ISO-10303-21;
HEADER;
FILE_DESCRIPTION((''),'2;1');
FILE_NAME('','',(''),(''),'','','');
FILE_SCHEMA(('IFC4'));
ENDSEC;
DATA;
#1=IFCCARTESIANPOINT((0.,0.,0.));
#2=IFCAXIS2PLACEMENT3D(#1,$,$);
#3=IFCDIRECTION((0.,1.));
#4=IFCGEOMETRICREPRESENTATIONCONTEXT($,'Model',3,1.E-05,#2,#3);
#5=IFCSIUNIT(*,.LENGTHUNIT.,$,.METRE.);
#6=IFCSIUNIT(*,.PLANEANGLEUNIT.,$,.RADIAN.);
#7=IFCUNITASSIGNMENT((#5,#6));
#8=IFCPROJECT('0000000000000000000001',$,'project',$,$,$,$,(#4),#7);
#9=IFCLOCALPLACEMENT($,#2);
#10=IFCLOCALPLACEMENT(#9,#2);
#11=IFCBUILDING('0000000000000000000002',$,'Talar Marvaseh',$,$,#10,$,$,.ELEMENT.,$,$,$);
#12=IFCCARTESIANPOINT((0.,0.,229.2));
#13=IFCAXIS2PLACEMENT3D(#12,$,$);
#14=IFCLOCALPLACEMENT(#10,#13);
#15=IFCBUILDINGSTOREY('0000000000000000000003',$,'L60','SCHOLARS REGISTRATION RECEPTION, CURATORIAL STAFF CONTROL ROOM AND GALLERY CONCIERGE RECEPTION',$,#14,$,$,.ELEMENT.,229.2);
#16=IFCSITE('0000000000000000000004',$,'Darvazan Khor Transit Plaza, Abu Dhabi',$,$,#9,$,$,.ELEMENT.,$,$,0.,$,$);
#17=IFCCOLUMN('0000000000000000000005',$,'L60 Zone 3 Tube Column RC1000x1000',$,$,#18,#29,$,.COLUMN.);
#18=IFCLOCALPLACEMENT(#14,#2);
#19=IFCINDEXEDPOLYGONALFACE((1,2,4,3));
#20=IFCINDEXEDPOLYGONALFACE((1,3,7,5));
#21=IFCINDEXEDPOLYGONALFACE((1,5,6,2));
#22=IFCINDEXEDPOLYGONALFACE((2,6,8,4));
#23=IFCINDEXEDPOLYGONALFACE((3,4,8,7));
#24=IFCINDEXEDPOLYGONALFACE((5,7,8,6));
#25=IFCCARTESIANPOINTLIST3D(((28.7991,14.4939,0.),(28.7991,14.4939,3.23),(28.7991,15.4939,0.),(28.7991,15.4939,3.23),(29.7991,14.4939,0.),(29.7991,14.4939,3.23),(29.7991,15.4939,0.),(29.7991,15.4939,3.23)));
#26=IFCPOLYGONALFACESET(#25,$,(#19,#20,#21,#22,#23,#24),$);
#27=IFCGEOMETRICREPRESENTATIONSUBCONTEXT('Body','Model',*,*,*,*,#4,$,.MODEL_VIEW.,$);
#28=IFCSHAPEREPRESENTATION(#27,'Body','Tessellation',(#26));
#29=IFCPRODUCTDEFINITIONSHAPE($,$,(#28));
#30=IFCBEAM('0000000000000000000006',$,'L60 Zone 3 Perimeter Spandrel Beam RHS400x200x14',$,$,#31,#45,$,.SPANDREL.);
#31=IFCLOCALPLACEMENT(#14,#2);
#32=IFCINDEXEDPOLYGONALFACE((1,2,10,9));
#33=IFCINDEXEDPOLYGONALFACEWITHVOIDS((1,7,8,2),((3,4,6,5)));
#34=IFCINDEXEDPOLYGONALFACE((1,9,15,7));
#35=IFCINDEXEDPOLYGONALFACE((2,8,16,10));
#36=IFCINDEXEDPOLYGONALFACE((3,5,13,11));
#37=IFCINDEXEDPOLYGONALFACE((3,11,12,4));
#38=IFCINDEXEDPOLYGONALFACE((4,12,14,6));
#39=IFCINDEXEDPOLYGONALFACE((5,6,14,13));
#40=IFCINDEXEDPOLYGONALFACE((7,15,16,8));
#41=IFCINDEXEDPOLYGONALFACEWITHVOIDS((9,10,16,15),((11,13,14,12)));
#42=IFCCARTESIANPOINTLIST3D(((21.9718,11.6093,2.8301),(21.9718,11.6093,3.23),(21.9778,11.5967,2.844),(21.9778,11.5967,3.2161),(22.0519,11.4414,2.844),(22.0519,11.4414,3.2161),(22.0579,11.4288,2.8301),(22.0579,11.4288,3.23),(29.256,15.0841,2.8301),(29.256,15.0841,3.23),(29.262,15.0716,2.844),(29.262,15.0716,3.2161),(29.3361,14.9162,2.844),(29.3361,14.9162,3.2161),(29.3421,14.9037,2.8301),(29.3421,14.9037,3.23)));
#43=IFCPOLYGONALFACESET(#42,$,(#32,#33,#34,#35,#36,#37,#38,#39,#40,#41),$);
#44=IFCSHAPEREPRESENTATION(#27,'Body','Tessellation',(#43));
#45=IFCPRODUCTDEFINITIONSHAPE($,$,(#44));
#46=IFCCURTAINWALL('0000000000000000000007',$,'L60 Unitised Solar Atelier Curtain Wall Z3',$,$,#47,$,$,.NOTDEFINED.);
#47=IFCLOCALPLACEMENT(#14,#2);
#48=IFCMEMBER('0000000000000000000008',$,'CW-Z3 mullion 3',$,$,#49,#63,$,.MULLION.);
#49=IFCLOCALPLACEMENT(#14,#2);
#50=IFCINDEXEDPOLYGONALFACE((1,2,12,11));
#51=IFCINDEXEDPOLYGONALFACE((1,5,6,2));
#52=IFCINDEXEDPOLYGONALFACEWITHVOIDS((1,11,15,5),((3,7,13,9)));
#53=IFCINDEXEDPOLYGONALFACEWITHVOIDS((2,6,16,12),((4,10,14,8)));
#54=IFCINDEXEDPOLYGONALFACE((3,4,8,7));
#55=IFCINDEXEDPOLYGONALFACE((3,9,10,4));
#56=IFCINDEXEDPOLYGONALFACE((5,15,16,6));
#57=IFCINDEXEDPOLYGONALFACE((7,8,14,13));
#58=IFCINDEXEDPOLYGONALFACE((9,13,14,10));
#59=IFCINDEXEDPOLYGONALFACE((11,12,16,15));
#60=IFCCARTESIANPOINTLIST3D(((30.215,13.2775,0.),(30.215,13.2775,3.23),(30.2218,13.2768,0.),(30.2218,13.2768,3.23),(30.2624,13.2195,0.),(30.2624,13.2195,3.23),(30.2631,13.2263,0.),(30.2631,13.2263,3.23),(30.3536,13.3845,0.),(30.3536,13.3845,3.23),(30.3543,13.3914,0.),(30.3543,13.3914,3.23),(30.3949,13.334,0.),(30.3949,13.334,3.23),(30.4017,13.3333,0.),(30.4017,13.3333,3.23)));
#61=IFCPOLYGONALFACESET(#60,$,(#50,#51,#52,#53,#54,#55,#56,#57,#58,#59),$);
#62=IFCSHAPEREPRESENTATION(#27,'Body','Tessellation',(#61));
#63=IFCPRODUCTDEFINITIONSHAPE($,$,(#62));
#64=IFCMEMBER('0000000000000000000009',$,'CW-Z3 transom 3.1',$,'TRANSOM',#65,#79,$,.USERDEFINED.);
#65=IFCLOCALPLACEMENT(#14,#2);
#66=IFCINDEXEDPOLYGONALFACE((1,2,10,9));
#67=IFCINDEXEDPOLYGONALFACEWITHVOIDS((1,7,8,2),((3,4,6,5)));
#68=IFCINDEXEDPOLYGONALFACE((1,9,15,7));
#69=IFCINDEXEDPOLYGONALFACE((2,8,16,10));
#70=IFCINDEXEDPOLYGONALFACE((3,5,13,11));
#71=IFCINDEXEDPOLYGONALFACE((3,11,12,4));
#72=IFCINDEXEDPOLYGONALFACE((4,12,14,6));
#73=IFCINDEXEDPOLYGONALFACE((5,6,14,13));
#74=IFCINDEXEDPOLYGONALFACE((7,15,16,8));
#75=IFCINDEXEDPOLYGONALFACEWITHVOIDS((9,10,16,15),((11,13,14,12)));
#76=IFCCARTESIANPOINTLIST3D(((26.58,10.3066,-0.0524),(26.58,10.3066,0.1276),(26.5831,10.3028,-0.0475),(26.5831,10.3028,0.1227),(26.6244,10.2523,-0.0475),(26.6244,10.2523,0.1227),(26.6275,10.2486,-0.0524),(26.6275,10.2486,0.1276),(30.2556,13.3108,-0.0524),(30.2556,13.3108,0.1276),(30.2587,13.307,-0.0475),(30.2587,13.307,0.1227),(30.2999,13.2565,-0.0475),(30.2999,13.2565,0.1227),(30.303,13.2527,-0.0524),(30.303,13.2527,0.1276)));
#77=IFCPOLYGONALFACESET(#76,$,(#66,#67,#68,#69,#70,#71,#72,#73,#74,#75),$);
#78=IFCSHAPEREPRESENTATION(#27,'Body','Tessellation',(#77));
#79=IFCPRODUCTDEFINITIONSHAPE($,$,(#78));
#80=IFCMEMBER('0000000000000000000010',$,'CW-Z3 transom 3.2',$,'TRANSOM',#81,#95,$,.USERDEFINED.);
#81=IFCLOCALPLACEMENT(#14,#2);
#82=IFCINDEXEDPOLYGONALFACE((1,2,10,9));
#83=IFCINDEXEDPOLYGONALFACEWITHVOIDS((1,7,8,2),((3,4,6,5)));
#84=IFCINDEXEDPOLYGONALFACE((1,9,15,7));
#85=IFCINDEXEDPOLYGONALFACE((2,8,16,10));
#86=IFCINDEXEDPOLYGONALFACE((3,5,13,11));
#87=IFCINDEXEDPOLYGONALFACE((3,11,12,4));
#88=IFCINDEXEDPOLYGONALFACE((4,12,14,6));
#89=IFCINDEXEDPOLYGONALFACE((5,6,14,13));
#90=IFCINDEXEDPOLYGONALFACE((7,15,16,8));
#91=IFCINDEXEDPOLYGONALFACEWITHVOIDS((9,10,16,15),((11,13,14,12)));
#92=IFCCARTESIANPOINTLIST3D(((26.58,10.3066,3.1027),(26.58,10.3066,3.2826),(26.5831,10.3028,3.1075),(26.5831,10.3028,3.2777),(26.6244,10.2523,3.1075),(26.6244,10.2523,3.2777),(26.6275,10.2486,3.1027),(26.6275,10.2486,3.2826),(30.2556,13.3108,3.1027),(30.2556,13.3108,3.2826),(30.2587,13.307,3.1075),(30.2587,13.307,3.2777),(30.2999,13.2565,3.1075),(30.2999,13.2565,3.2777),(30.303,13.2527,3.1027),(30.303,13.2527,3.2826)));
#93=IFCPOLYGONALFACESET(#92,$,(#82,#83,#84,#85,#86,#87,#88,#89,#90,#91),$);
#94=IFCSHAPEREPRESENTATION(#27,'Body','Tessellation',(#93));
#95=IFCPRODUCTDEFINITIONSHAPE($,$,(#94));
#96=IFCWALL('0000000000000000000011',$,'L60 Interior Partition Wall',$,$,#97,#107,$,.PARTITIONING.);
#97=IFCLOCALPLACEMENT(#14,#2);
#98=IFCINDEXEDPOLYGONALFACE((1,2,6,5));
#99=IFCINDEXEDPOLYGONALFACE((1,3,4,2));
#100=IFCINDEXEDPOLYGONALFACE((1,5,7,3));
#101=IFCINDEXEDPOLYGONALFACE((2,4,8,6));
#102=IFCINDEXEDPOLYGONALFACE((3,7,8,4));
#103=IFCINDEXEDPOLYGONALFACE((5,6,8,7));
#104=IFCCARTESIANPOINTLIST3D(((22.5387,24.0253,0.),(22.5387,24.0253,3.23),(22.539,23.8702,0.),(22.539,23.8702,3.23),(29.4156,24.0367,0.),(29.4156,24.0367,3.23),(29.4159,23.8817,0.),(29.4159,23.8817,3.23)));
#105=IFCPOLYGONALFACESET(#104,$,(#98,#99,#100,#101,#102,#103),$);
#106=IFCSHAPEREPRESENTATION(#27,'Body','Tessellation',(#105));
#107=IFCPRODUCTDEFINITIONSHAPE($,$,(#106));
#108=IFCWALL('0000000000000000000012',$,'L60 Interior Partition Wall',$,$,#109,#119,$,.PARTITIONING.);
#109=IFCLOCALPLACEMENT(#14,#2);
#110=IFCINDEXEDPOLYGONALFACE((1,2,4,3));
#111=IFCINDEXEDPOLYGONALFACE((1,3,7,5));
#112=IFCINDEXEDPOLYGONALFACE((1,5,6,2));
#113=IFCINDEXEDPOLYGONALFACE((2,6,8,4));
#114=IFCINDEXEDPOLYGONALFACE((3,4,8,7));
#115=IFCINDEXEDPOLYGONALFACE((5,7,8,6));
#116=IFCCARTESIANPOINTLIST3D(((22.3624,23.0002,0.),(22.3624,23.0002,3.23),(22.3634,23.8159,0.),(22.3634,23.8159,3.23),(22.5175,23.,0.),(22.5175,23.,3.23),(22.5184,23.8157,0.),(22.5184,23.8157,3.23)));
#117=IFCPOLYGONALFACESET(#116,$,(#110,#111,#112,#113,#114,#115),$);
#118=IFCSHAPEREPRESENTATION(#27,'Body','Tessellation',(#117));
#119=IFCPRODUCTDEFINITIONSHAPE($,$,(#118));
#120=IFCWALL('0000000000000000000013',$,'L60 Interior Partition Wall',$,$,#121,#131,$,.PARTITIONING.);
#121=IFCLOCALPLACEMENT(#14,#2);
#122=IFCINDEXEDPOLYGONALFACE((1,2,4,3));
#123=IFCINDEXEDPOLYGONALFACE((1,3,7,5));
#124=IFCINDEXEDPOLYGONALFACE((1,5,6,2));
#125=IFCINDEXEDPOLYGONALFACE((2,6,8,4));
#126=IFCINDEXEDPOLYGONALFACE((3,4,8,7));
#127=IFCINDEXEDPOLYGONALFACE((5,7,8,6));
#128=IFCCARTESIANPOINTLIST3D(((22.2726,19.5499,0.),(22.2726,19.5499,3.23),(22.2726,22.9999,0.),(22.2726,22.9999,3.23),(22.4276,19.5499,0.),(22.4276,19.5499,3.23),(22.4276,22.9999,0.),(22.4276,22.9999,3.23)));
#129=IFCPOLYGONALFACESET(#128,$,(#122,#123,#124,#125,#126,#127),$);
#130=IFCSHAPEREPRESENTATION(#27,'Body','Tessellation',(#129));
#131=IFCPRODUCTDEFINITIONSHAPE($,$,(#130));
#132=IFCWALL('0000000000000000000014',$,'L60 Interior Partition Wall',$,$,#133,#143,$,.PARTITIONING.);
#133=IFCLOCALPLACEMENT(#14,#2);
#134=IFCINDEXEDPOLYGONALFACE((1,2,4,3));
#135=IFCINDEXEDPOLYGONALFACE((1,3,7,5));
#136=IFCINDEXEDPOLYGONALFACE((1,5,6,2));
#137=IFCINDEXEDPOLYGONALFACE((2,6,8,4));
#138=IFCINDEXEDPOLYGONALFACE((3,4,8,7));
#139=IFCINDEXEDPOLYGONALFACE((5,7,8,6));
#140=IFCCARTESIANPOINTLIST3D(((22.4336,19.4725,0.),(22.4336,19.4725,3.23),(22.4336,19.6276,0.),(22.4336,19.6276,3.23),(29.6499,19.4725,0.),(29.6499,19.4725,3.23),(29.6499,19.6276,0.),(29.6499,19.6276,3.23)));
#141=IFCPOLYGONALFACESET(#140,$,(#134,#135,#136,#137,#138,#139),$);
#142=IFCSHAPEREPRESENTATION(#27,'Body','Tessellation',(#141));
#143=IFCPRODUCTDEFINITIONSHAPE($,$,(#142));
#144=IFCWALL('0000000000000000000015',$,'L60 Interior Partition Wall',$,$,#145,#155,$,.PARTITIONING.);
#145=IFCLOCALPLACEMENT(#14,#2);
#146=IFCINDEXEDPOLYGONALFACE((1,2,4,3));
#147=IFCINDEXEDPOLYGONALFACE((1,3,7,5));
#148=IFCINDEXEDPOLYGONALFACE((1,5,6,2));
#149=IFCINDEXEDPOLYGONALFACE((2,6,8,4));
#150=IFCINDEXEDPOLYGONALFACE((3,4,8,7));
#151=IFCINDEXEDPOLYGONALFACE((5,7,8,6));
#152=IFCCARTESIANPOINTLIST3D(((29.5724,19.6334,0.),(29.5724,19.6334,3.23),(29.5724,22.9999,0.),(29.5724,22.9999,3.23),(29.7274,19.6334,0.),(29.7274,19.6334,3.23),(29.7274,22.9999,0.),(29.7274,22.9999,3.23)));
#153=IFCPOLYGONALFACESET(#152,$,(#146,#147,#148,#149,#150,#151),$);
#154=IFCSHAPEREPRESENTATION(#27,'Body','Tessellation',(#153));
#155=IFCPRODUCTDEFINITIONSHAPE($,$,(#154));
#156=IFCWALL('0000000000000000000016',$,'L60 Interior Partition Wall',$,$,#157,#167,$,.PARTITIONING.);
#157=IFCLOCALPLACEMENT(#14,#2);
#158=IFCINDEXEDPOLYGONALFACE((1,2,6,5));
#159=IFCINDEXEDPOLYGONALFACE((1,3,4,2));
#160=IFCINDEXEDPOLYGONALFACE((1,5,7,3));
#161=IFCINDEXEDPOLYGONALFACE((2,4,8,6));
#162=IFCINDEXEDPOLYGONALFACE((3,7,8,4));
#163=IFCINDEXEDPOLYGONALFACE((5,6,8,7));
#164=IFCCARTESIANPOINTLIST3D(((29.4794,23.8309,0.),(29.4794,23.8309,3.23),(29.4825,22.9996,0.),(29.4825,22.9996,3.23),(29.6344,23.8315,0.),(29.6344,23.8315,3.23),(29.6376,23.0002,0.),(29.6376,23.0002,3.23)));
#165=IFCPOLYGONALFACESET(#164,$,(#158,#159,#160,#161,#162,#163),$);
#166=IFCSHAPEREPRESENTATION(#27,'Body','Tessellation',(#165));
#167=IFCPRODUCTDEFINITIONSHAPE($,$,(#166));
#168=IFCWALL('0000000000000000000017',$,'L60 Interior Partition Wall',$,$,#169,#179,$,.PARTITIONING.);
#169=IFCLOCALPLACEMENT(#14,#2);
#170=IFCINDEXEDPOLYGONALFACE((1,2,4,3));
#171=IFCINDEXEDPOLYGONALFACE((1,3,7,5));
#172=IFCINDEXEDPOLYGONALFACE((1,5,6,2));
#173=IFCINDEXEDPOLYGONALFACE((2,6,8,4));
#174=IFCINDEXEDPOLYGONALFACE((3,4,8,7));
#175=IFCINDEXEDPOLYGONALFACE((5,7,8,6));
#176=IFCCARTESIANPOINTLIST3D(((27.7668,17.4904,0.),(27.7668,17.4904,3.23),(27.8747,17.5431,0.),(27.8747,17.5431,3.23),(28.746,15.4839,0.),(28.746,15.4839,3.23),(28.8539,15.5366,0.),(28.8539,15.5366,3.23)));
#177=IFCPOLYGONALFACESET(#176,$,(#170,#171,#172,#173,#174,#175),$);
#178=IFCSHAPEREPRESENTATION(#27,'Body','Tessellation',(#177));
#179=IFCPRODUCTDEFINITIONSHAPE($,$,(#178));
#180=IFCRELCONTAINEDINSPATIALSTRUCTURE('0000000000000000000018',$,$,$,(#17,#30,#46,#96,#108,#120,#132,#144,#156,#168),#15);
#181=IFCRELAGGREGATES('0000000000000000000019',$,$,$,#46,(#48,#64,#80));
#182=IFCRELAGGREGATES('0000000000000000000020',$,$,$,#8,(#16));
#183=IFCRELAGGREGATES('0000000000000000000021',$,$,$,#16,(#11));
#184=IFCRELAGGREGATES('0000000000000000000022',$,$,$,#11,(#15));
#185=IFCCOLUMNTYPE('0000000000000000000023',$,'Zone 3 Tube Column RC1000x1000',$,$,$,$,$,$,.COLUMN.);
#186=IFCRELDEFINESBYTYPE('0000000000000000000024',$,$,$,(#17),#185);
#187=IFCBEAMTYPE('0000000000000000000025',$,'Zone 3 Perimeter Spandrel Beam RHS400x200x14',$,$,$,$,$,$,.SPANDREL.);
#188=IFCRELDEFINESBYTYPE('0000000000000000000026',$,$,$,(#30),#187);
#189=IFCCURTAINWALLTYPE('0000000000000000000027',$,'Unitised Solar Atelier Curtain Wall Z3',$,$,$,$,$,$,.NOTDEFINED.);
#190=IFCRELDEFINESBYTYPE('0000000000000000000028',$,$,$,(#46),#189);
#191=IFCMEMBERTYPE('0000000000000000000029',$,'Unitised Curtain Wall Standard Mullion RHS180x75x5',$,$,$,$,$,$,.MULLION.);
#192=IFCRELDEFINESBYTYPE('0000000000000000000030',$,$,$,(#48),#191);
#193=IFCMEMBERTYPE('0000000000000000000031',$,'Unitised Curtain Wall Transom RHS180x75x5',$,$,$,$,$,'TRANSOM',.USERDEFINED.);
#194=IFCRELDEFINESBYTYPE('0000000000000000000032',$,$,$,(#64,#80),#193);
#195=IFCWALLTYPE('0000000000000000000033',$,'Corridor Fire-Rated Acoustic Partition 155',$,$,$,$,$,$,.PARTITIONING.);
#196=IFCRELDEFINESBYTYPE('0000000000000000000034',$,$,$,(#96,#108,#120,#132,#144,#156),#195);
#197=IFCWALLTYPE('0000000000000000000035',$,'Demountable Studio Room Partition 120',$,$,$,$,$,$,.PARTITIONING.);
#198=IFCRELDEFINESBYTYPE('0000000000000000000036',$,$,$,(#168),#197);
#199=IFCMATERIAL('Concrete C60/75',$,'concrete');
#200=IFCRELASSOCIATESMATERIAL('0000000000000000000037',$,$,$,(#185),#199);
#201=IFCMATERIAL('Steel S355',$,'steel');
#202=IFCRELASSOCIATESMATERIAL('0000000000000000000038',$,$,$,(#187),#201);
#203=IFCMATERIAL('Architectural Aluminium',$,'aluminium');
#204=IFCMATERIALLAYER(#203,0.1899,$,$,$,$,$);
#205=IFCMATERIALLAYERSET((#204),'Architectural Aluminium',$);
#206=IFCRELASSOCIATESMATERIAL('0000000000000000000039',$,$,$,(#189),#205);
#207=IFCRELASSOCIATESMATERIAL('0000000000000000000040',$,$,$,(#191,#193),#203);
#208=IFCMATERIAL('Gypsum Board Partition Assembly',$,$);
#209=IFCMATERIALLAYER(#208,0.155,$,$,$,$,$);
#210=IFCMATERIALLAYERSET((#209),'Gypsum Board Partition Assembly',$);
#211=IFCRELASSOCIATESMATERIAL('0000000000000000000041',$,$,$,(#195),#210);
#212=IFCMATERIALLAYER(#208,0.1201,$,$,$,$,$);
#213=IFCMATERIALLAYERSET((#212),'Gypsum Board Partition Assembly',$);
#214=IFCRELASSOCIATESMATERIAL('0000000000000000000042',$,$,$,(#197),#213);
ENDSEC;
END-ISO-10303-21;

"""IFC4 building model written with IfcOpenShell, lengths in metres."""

from ifc_helpers import new_model, si_unit, direction, frame, frame_2d, origin, origin_2d, place, context, subcontext, project, spatial, rectangle, hollow_rectangle, extrude, source, transform, mapped, material, layer, layer_set, material_profile, profile_set, type_object, type_shapes, element, aggregate, save


model = new_model("IFC4")

# Units and contexts
model_context = context("Model", 3, precision=1e-05, world=origin(), true_north=direction((0.0, 1.0)))
body_context = subcontext(model_context, "Body", "Model", "MODEL_VIEW")
ifc_project = project(units=[si_unit("LENGTHUNIT", "METRE"), si_unit("PLANEANGLEUNIT", "RADIAN")], contexts=[model_context])

# Site, building, storey
site_placement = place(None, origin())
site = spatial("IfcSite", under=ifc_project, at=site_placement, Name="Darvazan Khor Transit Plaza, Abu Dhabi", CompositionType="ELEMENT", RefElevation=0.0)
building_placement = place(site_placement, origin())
building = spatial("IfcBuilding", under=site, at=building_placement, Name="Talar Marvaseh", CompositionType="ELEMENT")
storey_placement = place(building_placement, frame((0.0, 0.0, 229.2)))
storey = spatial("IfcBuildingStorey", under=building, at=storey_placement, Name="L60", Description="SCHOLARS REGISTRATION RECEPTION, CURATORIAL STAFF CONTROL ROOM AND GALLERY CONCIERGE RECEPTION", CompositionType="ELEMENT", Elevation=229.2)

# Column
ifc_material_1 = material(Name="Concrete C60/75", Category="concrete")
ifc_material_profile_1 = material_profile(ifc_material_1, rectangle(XDim=1.0, YDim=1.0, at=origin_2d()), Name="RC1000x1000")
ifc_profile_set_1 = profile_set([ifc_material_profile_1], Name="Concrete C60/75")
column_type = type_object("IfcColumnType", Name="Zone 3 Tube Column RC1000x1000", PredefinedType="COLUMN", material=ifc_profile_set_1)
column_placement = place(storey_placement, frame((29.2991, 14.9939, 0.0), z_axis=(0.0, 0.0, 1.0), x_axis=(1.0, 0.0, 0.0)))
element("IfcColumn", 1, at=column_placement, inside=storey, type_object=column_type, Name="L60 Zone 3 Tube Column RC1000x1000", PredefinedType="COLUMN", context=body_context, shape_type="SweptSolid", body=[
    extrude(rectangle(XDim=1.0, YDim=1.0, at=origin_2d()), origin(), (0.0, 0.0, 1.0), 3.23),
])

# Beam
ifc_material_2 = material(Name="Steel S355", Category="steel")
ifc_material_profile_2 = material_profile(ifc_material_2, hollow_rectangle(XDim=0.2, YDim=0.3999, WallThickness=0.0139, at=origin_2d()), Name="RHS400x200x14")
ifc_profile_set_2 = profile_set([ifc_material_profile_2], Name="Steel S355")
beam_type = type_object("IfcBeamType", Name="Zone 3 Perimeter Spandrel Beam RHS400x200x14", PredefinedType="SPANDREL", material=ifc_profile_set_2)
beam_placement = place(storey_placement, frame((29.2991, 14.9939, 3.03), z_axis=(-0.902562, -0.430559, 0.0), x_axis=(0.430559, -0.902562, 0.0)))
element("IfcBeam", 2, at=beam_placement, inside=storey, type_object=beam_type, Name="L60 Zone 3 Perimeter Spandrel Beam RHS400x200x14", PredefinedType="SPANDREL", context=body_context, shape_type="SweptSolid", body=[
    extrude(hollow_rectangle(XDim=0.2, YDim=0.3999, WallThickness=0.0139, at=origin_2d()), origin(), (0.0, 0.0, 1.0), 8.0706),
])

# Curtain wall, members
ifc_material_3 = material(Name="Architectural Aluminium", Category="aluminium")
ifc_layer_1 = layer(ifc_material_3, 0.1899)
ifc_layer_set_1 = layer_set([ifc_layer_1], Name="Architectural Aluminium")
curtain_wall_type = type_object("IfcCurtainWallType", Name="Unitised Solar Atelier Curtain Wall Z3", PredefinedType="NOTDEFINED", material=ifc_layer_set_1)
curtain_wall_placement = place(storey_placement, origin())
curtain_wall = element("IfcCurtainWall", 3, at=curtain_wall_placement, inside=storey, type_object=curtain_wall_type, Name="L60 Unitised Solar Atelier Curtain Wall Z3", PredefinedType="NOTDEFINED")
ifc_material_profile_3 = material_profile(ifc_material_3, hollow_rectangle(XDim=0.075, YDim=0.1799, WallThickness=0.0049, at=origin_2d()), Name="RHS180x75x5")
ifc_profile_set_3 = profile_set([ifc_material_profile_3], Name="Architectural Aluminium")
member_type_1 = type_object("IfcMemberType", Name="Unitised Curtain Wall Standard Mullion RHS180x75x5", PredefinedType="MULLION", material=ifc_profile_set_3)
shared_shape_1 = source(origin(), body_context, "Body", "SweptSolid", [
    extrude(hollow_rectangle(XDim=0.075, YDim=0.1799, WallThickness=0.0049, at=origin_2d()), origin(), (0.0, 0.0, 1.0), 3.23),
])
type_shapes(member_type_1, [shared_shape_1])
member_1_placement = place(storey_placement, frame((30.3083, 13.3054, 0.0), z_axis=(0.0, 0.0, 1.0), x_axis=(0.632822, -0.774297, 0.0)))
member_1 = element("IfcMember", 4, at=member_1_placement, type_object=member_type_1, Name="CW-Z3 mullion 3", PredefinedType="MULLION", context=body_context, shape_type="MappedRepresentation", body=[
    mapped(shared_shape_1, transform((0.0, 0.0, 0.0), x_axis=(1.0, 0.0, 0.0), y_axis=(0.0, 1.0, 0.0), z_axis=(0.0, 0.0, 1.0), scale=1.0)),
])
ifc_material_profile_4 = material_profile(ifc_material_3, hollow_rectangle(XDim=0.075, YDim=0.1799, WallThickness=0.0049, at=origin_2d()), Name="RHS180x75x5")
ifc_profile_set_4 = profile_set([ifc_material_profile_4], Name="Architectural Aluminium")
member_type_2 = type_object("IfcMemberType", Name="Unitised Curtain Wall Transom RHS180x75x5", ElementType="TRANSOM", PredefinedType="USERDEFINED", material=ifc_profile_set_4)
shared_shape_2 = source(origin(), body_context, "Body", "SweptSolid", [
    extrude(hollow_rectangle(XDim=0.075, YDim=0.1799, WallThickness=0.0049, at=origin_2d()), origin(), (0.0, 0.0, 1.0), 4.7471),
])
type_shapes(member_type_2, [shared_shape_2])
member_2_placement = place(storey_placement, frame((30.2793, 13.2817, 0.0376), z_axis=(-0.774278, -0.632846, 0.0), x_axis=(0.632846, -0.774278, 0.0)))
member_2 = element("IfcMember", 5, at=member_2_placement, type_object=member_type_2, Name="CW-Z3 transom 3.1", ObjectType="TRANSOM", PredefinedType="USERDEFINED", context=body_context, shape_type="MappedRepresentation", body=[
    mapped(shared_shape_2, transform((0.0, 0.0, 0.0), x_axis=(1.0, 0.0, 0.0), y_axis=(0.0, 1.0, 0.0), z_axis=(0.0, 0.0, 1.0), scale=1.0)),
])
member_3_placement = place(storey_placement, frame((30.2793, 13.2817, 3.1926), z_axis=(-0.774278, -0.632846, 0.0), x_axis=(0.632846, -0.774278, 0.0)))
member_3 = element("IfcMember", 6, at=member_3_placement, type_object=member_type_2, Name="CW-Z3 transom 3.2", ObjectType="TRANSOM", PredefinedType="USERDEFINED", context=body_context, shape_type="MappedRepresentation", body=[
    mapped(shared_shape_2, transform((0.0, 0.0, 0.0), x_axis=(1.0, 0.0, 0.0), y_axis=(0.0, 1.0, 0.0), z_axis=(0.0, 0.0, 1.0), scale=1.0)),
])
aggregate(curtain_wall, [member_1, member_2, member_3])

# Walls
ifc_material_4 = material(Name="Gypsum Board Partition Assembly")
ifc_layer_2 = layer(ifc_material_4, 0.155)
ifc_layer_set_2 = layer_set([ifc_layer_2], Name="Gypsum Board Partition Assembly")
wall_type_1 = type_object("IfcWallType", Name="Corridor Fire-Rated Acoustic Partition 155", PredefinedType="PARTITIONING", material=ifc_layer_set_2)
wall_1_placement = place(storey_placement, frame((29.4158, 23.9592, 0.0), z_axis=(0.0, 0.0, 1.0), x_axis=(-0.999999, -0.001669, 0.0)))
element("IfcWall", 7, at=wall_1_placement, inside=storey, type_object=wall_type_1, Name="L60 Interior Partition Wall", PredefinedType="PARTITIONING", context=body_context, shape_type="SweptSolid", body=[
    extrude(rectangle(XDim=6.877, YDim=0.155, at=frame_2d((3.4385, 0.0))), origin(), (0.0, 0.0, 1.0), 3.23),
])
wall_2_placement = place(storey_placement, frame((22.4409, 23.8157, 0.0), z_axis=(0.0, 0.0, 1.0), x_axis=(-0.001197, -0.999999, 0.0)))
element("IfcWall", 8, at=wall_2_placement, inside=storey, type_object=wall_type_1, Name="L60 Interior Partition Wall", PredefinedType="PARTITIONING", context=body_context, shape_type="SweptSolid", body=[
    extrude(rectangle(XDim=0.8157, YDim=0.155, at=frame_2d((0.4077, 0.0))), origin(), (0.0, 0.0, 1.0), 3.23),
])
wall_3_placement = place(storey_placement, frame((22.3501, 23.0, 0.0), z_axis=(0.0, 0.0, 1.0), x_axis=(0.0, -1.0, 0.0)))
element("IfcWall", 9, at=wall_3_placement, inside=storey, type_object=wall_type_1, Name="L60 Interior Partition Wall", PredefinedType="PARTITIONING", context=body_context, shape_type="SweptSolid", body=[
    extrude(rectangle(XDim=3.45, YDim=0.155, at=frame_2d((1.7251, 0.0))), origin(), (0.0, 0.0, 1.0), 3.23),
])
wall_4_placement = place(storey_placement, frame((22.4336, 19.55, 0.0), z_axis=(0.0, 0.0, 1.0), x_axis=(1.0, 0.0, 0.0)))
element("IfcWall", 10, at=wall_4_placement, inside=storey, type_object=wall_type_1, Name="L60 Interior Partition Wall", PredefinedType="PARTITIONING", context=body_context, shape_type="SweptSolid", body=[
    extrude(rectangle(XDim=7.2163, YDim=0.155, at=frame_2d((3.6082, 0.0))), origin(), (0.0, 0.0, 1.0), 3.23),
])
wall_5_placement = place(storey_placement, frame((29.6499, 19.6335, 0.0), z_axis=(0.0, 0.0, 1.0), x_axis=(0.0, 1.0, 0.0)))
element("IfcWall", 11, at=wall_5_placement, inside=storey, type_object=wall_type_1, Name="L60 Interior Partition Wall", PredefinedType="PARTITIONING", context=body_context, shape_type="SweptSolid", body=[
    extrude(rectangle(XDim=3.3665, YDim=0.155, at=frame_2d((1.6831, 0.0))), origin(), (0.0, 0.0, 1.0), 3.23),
])
wall_6_placement = place(storey_placement, frame((29.5601, 23.0, 0.0), z_axis=(0.0, 0.0, 1.0), x_axis=(-0.003818, 0.999993, 0.0)))
element("IfcWall", 12, at=wall_6_placement, inside=storey, type_object=wall_type_1, Name="L60 Interior Partition Wall", PredefinedType="PARTITIONING", context=body_context, shape_type="SweptSolid", body=[
    extrude(rectangle(XDim=0.8313, YDim=0.155, at=frame_2d((0.4155, 0.0))), origin(), (0.0, 0.0, 1.0), 3.23),
])
ifc_layer_3 = layer(ifc_material_4, 0.1201)
ifc_layer_set_3 = layer_set([ifc_layer_3], Name="Gypsum Board Partition Assembly")
wall_type_2 = type_object("IfcWallType", Name="Demountable Studio Room Partition 120", PredefinedType="PARTITIONING", material=ifc_layer_set_3)
wall_7_placement = place(storey_placement, frame((27.8208, 17.5166, 0.0), z_axis=(0.0, 0.0, 1.0), x_axis=(0.438577, -0.898694, 0.0)))
element("IfcWall", 13, at=wall_7_placement, inside=storey, type_object=wall_type_2, Name="L60 Interior Partition Wall", PredefinedType="PARTITIONING", context=body_context, shape_type="SweptSolid", body=[
    extrude(rectangle(XDim=2.2327, YDim=0.1201, at=frame_2d((1.1162, 0.0))), origin(), (0.0, 0.0, 1.0), 3.23),
])

save(model, "model.ifc")
